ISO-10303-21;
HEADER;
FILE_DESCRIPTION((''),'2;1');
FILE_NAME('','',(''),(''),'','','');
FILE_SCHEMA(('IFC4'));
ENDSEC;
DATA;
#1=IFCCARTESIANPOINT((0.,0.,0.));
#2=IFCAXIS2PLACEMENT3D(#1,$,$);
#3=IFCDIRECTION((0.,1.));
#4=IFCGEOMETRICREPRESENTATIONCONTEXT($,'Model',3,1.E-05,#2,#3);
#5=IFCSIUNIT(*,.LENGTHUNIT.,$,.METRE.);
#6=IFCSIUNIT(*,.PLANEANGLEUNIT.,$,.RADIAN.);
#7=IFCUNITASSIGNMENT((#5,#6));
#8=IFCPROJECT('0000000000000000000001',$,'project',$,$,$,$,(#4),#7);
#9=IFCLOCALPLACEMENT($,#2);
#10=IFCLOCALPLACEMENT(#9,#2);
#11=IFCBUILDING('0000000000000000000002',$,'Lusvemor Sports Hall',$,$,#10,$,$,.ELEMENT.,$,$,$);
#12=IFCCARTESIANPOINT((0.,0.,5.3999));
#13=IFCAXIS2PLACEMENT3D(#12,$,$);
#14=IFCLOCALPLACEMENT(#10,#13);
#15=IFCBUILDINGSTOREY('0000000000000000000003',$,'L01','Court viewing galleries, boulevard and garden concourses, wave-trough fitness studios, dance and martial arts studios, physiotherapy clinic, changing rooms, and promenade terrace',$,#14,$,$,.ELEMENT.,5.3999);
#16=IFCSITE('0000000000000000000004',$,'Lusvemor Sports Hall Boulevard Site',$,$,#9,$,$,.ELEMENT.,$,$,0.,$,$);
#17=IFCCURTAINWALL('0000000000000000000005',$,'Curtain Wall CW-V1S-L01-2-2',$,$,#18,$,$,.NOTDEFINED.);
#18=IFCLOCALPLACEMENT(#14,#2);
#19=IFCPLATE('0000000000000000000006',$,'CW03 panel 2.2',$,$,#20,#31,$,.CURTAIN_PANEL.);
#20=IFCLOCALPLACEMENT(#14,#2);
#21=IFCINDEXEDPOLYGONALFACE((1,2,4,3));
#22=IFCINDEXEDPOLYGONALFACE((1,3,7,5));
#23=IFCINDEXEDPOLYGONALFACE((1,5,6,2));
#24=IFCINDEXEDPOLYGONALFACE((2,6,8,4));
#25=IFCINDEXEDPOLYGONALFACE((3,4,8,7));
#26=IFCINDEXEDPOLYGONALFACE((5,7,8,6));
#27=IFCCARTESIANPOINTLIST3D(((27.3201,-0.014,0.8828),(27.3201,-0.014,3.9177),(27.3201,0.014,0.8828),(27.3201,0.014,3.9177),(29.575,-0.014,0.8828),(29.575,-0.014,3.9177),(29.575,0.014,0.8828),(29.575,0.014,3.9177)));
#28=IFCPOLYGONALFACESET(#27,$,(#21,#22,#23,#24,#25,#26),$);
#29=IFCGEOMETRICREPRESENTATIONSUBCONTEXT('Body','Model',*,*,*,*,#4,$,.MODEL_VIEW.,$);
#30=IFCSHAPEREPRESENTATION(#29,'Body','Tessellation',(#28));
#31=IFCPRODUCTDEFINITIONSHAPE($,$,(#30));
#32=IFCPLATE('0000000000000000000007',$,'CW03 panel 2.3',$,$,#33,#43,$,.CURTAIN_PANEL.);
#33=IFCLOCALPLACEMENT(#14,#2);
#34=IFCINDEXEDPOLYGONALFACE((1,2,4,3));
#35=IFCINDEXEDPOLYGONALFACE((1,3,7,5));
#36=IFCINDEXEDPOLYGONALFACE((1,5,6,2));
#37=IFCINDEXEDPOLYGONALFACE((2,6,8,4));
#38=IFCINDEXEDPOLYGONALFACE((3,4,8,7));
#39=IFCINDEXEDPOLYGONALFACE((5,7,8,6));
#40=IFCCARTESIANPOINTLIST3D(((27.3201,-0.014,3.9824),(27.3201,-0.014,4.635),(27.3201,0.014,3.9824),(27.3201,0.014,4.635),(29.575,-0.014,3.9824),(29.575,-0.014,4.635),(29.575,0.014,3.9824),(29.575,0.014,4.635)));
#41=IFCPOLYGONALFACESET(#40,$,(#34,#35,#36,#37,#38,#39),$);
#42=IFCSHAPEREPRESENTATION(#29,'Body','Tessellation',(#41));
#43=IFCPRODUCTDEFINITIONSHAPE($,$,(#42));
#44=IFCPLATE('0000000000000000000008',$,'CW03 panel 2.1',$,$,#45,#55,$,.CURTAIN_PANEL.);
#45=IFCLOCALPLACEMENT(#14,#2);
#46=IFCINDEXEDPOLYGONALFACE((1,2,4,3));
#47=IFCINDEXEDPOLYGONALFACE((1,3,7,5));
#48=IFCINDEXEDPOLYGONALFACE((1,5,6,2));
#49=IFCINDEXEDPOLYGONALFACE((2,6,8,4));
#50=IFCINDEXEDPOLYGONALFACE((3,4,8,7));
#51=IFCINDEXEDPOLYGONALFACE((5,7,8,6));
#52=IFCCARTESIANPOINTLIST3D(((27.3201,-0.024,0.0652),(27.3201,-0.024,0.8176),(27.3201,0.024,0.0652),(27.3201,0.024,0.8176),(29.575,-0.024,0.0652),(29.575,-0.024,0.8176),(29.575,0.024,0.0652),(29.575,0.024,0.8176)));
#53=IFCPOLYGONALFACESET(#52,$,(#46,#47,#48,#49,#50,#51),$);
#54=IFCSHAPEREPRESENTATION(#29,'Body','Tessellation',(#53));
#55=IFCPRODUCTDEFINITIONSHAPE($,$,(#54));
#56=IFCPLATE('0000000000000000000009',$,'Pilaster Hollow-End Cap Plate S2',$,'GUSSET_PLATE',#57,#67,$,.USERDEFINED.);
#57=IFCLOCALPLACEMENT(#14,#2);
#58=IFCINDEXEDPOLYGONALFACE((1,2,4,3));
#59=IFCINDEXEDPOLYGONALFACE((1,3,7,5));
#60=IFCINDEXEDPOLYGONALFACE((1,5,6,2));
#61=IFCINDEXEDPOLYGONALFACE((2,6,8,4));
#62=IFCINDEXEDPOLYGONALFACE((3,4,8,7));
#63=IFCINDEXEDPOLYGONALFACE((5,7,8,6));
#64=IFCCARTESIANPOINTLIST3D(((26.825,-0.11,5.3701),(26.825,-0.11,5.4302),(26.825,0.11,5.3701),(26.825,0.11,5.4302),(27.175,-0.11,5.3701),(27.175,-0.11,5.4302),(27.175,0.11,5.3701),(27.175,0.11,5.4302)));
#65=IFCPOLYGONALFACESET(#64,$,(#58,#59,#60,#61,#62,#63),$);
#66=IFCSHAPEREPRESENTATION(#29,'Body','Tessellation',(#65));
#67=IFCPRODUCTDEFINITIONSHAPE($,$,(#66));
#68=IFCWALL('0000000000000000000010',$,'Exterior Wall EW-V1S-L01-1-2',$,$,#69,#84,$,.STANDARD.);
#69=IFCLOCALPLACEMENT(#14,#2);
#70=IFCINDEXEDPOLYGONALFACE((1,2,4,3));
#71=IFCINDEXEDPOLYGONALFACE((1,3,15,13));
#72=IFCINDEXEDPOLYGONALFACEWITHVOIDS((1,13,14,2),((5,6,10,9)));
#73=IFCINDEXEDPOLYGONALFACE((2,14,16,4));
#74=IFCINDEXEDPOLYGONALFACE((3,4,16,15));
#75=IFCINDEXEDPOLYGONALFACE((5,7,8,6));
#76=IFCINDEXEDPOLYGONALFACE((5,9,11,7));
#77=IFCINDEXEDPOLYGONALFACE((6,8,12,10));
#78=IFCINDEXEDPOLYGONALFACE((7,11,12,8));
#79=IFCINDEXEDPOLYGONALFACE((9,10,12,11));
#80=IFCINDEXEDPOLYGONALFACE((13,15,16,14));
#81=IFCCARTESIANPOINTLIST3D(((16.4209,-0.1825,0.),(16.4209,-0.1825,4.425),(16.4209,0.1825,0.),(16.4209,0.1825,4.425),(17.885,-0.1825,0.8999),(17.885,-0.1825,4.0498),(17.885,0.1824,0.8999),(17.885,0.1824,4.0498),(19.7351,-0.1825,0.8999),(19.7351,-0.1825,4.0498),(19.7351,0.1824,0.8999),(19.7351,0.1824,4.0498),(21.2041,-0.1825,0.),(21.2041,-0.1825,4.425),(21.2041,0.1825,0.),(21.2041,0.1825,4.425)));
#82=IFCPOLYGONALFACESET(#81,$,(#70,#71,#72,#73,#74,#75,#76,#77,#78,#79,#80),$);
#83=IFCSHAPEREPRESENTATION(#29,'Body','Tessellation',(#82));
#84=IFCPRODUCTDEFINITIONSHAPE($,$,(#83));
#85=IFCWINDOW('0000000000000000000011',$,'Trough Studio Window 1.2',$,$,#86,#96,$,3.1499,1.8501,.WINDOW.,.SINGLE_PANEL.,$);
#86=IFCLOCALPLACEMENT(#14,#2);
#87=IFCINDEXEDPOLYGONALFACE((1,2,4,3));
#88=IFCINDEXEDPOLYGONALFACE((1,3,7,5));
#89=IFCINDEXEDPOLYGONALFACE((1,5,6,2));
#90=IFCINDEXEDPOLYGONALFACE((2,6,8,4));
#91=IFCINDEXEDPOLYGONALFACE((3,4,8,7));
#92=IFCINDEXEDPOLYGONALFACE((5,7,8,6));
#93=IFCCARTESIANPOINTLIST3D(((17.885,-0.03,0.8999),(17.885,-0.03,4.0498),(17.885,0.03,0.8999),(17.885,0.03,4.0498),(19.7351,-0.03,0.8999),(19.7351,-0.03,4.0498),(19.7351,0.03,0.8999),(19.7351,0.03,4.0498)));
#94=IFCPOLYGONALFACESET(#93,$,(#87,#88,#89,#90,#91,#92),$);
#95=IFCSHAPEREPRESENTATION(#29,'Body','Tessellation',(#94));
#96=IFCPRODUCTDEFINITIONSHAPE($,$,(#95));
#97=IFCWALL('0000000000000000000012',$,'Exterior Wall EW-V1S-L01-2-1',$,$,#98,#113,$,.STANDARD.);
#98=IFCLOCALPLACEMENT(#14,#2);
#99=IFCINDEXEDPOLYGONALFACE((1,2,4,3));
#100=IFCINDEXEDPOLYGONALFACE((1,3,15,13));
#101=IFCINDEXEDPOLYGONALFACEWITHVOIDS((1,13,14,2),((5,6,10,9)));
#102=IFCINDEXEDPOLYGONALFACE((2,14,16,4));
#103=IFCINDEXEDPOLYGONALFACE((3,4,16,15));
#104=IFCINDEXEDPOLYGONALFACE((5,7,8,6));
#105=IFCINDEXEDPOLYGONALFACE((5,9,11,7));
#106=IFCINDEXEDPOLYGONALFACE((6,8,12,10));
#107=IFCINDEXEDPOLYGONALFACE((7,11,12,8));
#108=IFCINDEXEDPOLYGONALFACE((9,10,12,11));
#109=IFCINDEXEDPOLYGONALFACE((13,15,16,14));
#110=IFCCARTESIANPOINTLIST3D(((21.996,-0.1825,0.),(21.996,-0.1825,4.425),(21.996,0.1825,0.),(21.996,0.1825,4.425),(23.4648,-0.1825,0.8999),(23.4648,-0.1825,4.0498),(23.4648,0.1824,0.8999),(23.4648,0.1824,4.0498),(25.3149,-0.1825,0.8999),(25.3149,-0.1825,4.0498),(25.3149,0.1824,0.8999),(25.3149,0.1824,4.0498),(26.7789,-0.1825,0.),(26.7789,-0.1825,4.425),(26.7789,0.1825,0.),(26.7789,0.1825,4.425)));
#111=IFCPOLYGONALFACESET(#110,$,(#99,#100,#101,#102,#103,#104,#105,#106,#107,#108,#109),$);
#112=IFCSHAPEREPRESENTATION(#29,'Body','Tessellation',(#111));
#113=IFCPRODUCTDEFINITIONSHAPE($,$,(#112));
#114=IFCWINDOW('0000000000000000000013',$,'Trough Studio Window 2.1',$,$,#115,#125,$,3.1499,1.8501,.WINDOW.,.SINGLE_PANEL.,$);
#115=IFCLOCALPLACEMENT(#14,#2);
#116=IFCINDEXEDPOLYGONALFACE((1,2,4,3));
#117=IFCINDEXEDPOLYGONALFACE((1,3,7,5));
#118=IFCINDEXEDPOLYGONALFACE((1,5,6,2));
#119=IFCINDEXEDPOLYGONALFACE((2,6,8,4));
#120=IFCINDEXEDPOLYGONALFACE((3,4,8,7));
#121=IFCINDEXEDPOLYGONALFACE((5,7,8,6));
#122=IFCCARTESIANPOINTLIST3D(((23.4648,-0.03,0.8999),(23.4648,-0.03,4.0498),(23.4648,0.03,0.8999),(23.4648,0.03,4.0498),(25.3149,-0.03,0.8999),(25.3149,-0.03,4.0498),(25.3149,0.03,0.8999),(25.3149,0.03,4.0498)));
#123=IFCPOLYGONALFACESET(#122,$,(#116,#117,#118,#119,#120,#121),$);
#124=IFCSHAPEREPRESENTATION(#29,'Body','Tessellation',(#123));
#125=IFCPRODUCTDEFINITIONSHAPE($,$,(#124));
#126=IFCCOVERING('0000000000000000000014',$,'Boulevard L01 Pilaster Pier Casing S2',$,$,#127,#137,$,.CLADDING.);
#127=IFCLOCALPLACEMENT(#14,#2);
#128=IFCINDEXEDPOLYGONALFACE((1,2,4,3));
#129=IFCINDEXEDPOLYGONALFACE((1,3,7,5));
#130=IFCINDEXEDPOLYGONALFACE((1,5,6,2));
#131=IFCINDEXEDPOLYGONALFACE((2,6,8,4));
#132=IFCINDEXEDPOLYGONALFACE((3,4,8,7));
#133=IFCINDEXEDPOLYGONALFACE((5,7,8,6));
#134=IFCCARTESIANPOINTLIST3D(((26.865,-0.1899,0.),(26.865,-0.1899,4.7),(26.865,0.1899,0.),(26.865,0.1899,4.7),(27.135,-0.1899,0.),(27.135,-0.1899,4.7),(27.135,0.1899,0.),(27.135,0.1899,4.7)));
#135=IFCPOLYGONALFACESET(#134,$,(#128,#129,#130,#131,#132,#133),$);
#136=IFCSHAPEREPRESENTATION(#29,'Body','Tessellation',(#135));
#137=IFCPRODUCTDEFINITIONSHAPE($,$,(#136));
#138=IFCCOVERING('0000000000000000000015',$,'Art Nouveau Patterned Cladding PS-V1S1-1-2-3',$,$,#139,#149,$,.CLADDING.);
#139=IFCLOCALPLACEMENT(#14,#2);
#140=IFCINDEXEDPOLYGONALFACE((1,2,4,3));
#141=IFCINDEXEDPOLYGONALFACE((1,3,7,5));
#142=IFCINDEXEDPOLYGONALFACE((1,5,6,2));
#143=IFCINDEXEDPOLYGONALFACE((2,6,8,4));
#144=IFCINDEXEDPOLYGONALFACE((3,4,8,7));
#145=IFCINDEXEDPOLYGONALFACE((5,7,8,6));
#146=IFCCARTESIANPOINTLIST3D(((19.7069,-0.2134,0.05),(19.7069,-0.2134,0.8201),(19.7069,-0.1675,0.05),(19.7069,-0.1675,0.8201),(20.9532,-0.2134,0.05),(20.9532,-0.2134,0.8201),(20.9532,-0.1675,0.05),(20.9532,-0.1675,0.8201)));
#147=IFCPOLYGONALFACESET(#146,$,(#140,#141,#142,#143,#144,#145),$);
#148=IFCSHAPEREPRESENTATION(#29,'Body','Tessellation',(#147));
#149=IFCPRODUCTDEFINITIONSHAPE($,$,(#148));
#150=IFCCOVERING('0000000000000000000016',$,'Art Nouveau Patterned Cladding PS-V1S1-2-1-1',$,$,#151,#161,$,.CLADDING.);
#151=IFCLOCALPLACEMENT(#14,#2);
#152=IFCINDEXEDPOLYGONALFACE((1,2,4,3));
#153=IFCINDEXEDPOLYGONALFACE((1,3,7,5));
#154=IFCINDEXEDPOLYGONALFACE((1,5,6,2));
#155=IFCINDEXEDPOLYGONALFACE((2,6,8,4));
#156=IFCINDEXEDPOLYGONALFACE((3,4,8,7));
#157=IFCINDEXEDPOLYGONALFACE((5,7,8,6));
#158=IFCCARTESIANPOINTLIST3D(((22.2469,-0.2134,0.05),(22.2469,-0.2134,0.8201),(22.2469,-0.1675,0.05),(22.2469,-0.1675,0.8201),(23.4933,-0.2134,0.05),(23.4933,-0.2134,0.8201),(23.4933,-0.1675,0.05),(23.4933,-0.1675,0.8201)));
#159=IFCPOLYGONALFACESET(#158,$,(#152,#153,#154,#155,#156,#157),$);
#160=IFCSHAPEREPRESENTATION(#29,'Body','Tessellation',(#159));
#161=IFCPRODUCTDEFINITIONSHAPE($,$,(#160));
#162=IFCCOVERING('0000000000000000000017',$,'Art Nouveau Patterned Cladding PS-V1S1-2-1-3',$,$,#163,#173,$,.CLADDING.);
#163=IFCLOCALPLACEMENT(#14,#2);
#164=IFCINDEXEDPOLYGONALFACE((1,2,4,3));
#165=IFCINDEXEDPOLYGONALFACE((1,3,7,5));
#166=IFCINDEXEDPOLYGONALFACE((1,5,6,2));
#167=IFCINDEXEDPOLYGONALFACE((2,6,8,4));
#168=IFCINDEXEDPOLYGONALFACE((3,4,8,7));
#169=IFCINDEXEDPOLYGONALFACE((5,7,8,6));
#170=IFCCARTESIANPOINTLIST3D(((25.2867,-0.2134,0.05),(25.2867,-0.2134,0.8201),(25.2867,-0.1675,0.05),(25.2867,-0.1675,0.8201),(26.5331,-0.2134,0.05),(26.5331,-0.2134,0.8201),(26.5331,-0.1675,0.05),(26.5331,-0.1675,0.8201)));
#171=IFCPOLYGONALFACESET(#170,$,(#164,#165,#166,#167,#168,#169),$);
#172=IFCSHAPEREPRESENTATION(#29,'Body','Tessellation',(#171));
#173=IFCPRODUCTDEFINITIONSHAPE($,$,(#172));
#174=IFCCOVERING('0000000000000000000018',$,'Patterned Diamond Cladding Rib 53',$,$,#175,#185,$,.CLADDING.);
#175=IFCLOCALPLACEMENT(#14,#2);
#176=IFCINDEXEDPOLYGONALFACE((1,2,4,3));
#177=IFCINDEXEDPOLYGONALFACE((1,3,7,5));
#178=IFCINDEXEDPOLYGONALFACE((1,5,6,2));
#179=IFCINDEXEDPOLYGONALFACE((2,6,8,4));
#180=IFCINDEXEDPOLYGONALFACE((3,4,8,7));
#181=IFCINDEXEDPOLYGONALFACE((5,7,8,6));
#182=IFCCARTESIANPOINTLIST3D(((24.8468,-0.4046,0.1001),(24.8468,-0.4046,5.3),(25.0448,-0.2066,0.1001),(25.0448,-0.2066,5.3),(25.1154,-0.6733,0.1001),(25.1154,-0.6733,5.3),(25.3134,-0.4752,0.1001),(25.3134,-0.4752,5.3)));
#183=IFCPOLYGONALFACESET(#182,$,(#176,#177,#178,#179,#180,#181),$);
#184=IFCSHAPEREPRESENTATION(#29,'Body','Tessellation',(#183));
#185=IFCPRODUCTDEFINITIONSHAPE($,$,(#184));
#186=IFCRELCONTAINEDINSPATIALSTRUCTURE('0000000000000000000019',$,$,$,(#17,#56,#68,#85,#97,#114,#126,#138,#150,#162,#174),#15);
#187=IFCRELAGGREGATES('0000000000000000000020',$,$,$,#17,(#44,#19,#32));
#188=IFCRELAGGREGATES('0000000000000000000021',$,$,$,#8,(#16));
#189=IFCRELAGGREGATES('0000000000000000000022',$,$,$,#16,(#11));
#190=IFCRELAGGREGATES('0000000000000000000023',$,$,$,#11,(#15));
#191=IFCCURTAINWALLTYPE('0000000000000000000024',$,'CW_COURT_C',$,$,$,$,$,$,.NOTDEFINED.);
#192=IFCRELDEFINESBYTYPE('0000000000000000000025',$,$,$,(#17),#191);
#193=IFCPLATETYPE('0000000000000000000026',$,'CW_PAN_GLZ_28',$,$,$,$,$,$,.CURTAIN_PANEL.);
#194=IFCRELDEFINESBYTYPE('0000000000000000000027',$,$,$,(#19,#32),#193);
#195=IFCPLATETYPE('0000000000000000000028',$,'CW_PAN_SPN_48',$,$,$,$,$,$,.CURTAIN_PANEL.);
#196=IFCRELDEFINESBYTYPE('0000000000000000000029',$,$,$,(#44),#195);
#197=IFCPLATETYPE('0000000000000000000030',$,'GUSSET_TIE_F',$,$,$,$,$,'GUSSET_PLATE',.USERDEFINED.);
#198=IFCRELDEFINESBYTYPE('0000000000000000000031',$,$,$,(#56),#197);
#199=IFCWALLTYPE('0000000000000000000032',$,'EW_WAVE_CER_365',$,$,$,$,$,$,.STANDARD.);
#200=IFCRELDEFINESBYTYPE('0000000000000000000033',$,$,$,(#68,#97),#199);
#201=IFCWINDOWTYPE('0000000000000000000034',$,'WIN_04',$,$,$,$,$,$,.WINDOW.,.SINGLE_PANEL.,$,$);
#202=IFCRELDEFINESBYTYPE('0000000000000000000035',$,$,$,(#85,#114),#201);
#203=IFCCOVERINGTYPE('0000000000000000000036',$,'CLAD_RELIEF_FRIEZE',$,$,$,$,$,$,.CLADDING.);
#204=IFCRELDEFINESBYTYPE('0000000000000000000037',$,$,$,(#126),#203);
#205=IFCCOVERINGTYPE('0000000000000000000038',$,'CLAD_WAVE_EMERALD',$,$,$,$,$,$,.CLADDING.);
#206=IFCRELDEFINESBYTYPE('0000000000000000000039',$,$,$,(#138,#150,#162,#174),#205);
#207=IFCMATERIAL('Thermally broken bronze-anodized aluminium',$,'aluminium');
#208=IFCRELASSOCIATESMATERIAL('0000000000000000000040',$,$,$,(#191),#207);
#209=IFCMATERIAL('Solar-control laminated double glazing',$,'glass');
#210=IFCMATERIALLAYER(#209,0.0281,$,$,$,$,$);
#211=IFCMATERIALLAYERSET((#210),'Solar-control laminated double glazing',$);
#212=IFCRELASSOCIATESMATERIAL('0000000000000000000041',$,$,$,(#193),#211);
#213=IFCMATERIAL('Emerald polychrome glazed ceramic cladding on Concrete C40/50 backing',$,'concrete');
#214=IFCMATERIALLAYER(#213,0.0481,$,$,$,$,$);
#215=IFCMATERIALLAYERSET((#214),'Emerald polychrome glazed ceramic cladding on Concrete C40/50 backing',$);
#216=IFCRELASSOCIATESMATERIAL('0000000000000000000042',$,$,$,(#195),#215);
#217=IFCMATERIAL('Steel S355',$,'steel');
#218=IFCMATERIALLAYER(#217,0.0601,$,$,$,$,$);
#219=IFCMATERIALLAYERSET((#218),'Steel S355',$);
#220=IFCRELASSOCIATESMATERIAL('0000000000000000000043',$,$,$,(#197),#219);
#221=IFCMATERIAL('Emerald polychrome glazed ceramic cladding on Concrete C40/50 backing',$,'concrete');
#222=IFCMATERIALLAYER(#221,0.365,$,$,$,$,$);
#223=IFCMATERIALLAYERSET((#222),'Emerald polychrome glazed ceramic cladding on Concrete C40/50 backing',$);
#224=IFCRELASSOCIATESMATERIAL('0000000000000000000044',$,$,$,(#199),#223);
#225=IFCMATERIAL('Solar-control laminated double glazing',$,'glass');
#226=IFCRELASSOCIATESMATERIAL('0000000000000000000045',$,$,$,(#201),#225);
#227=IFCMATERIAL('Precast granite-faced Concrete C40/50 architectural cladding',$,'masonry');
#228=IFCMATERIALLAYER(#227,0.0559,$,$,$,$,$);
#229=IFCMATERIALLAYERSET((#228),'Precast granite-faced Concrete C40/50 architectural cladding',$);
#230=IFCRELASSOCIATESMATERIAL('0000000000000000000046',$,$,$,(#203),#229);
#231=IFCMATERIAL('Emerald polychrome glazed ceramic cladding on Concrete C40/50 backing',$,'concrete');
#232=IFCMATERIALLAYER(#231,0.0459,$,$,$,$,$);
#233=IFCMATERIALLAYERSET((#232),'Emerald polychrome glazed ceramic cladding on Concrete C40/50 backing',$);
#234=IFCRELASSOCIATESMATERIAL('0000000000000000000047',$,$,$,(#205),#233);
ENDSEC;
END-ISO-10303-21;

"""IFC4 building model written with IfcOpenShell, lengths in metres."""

from ifc_helpers import new_model, si_unit, direction, frame, frame_2d, origin, origin_2d, place, context, subcontext, project, spatial, rectangle, extrude, material, layer, layer_set, type_object, element, fill, aggregate, save


model = new_model("IFC4")

# Units and contexts
model_context = context("Model", 3, precision=1e-05, world=origin(), true_north=direction((0.0, 1.0)))
body_context = subcontext(model_context, "Body", "Model", "MODEL_VIEW")
ifc_project = project(units=[si_unit("LENGTHUNIT", "METRE"), si_unit("PLANEANGLEUNIT", "RADIAN")], contexts=[model_context])

# Site, building, storey
site_placement = place(None, origin())
site = spatial("IfcSite", under=ifc_project, at=site_placement, Name="Lusvemor Sports Hall Boulevard Site", CompositionType="ELEMENT", RefElevation=0.0)
building_placement = place(site_placement, origin())
building = spatial("IfcBuilding", under=site, at=building_placement, Name="Lusvemor Sports Hall", CompositionType="ELEMENT")
storey_placement = place(building_placement, frame((0.0, 0.0, 5.3999)))
storey = spatial("IfcBuildingStorey", under=building, at=storey_placement, Name="L01", Description="Court viewing galleries, boulevard and garden concourses, wave-trough fitness studios, dance and martial arts studios, physiotherapy clinic, changing rooms, and promenade terrace", CompositionType="ELEMENT", Elevation=5.3999)

# Curtain wall
ifc_material_1 = material(Name="Thermally broken bronze-anodized aluminium", Category="aluminium")
curtain_wall_type = type_object("IfcCurtainWallType", Name="CW_COURT_C", PredefinedType="NOTDEFINED", material=ifc_material_1)
curtain_wall_placement = place(storey_placement, origin())
curtain_wall = element("IfcCurtainWall", 1, at=curtain_wall_placement, inside=storey, type_object=curtain_wall_type, Name="Curtain Wall CW-V1S-L01-2-2", PredefinedType="NOTDEFINED")

# Plates
ifc_material_2 = material(Name="Solar-control laminated double glazing", Category="glass")
ifc_layer_1 = layer(ifc_material_2, 0.0281)
ifc_layer_set_1 = layer_set([ifc_layer_1], Name="Solar-control laminated double glazing")
plate_type_1 = type_object("IfcPlateType", Name="CW_PAN_GLZ_28", PredefinedType="CURTAIN_PANEL", material=ifc_layer_set_1)
plate_1_placement = place(storey_placement, frame((28.4475, 0.0, 0.8828), z_axis=(0.0, 0.0, 1.0), x_axis=(-1.0, 0.0, 0.0)))
plate_1 = element("IfcPlate", 2, at=plate_1_placement, type_object=plate_type_1, Name="CW03 panel 2.2", PredefinedType="CURTAIN_PANEL", context=body_context, shape_type="SweptSolid", body=[
    extrude(rectangle(XDim=2.2549, YDim=0.0281, at=origin_2d()), origin(), (0.0, 0.0, 1.0), 3.0349),
])
plate_2_placement = place(storey_placement, frame((28.4475, 0.0, 3.9824), z_axis=(0.0, 0.0, 1.0), x_axis=(-1.0, 0.0, 0.0)))
plate_2 = element("IfcPlate", 3, at=plate_2_placement, type_object=plate_type_1, Name="CW03 panel 2.3", PredefinedType="CURTAIN_PANEL", context=body_context, shape_type="SweptSolid", body=[
    extrude(rectangle(XDim=2.2549, YDim=0.0281, at=origin_2d()), origin(), (0.0, 0.0, 1.0), 0.6526),
])
ifc_material_3 = material(Name="Emerald polychrome glazed ceramic cladding on Concrete C40/50 backing", Category="concrete")
ifc_layer_2 = layer(ifc_material_3, 0.0481)
ifc_layer_set_2 = layer_set([ifc_layer_2], Name="Emerald polychrome glazed ceramic cladding on Concrete C40/50 backing")
plate_type_2 = type_object("IfcPlateType", Name="CW_PAN_SPN_48", PredefinedType="CURTAIN_PANEL", material=ifc_layer_set_2)
plate_3_placement = place(storey_placement, frame((28.4475, 0.0, 0.0652), z_axis=(0.0, 0.0, 1.0), x_axis=(-1.0, 0.0, 0.0)))
plate_3 = element("IfcPlate", 4, at=plate_3_placement, type_object=plate_type_2, Name="CW03 panel 2.1", PredefinedType="CURTAIN_PANEL", context=body_context, shape_type="SweptSolid", body=[
    extrude(rectangle(XDim=2.2549, YDim=0.0481, at=origin_2d()), origin(), (0.0, 0.0, 1.0), 0.7524),
])
aggregate(curtain_wall, [plate_3, plate_1, plate_2])
ifc_material_4 = material(Name="Steel S355", Category="steel")
ifc_layer_3 = layer(ifc_material_4, 0.0601)
ifc_layer_set_3 = layer_set([ifc_layer_3], Name="Steel S355")
plate_type_3 = type_object("IfcPlateType", Name="GUSSET_TIE_F", ElementType="GUSSET_PLATE", PredefinedType="USERDEFINED", material=ifc_layer_set_3)
plate_4_placement = place(storey_placement, frame((27.0, 0.0, 5.3701), z_axis=(0.0, 0.0, 1.0), x_axis=(1.0, 0.0, 0.0)))
element("IfcPlate", 5, at=plate_4_placement, inside=storey, type_object=plate_type_3, Name="Pilaster Hollow-End Cap Plate S2", ObjectType="GUSSET_PLATE", PredefinedType="USERDEFINED", context=body_context, shape_type="SweptSolid", body=[
    extrude(rectangle(XDim=0.3501, YDim=0.22, at=origin_2d()), origin(), (0.0, 0.0, 1.0), 0.0601),
])

# Walls, openings, windows
ifc_material_5 = material(Name="Emerald polychrome glazed ceramic cladding on Concrete C40/50 backing", Category="concrete")
ifc_layer_4 = layer(ifc_material_5, 0.365)
ifc_layer_set_4 = layer_set([ifc_layer_4], Name="Emerald polychrome glazed ceramic cladding on Concrete C40/50 backing")
wall_type = type_object("IfcWallType", Name="EW_WAVE_CER_365", PredefinedType="STANDARD", material=ifc_layer_set_4)
wall_1_placement = place(storey_placement, frame((21.2041, 0.0, 0.0), z_axis=(0.0, 0.0, 1.0), x_axis=(-1.0, 0.0, 0.0)))
wall_1 = element("IfcWall", 6, at=wall_1_placement, inside=storey, type_object=wall_type, Name="Exterior Wall EW-V1S-L01-1-2", PredefinedType="STANDARD", context=body_context, shape_type="SweptSolid", body=[
    extrude(rectangle(XDim=4.7832, YDim=0.365, at=frame_2d((2.3916, 0.0))), origin(), (0.0, 0.0, 1.0), 4.425),
])
opening_1_placement = place(wall_1_placement, frame((1.469, 0.0, 0.8999)))
opening_1 = element("IfcOpeningElement", 7, at=opening_1_placement, cuts=wall_1, PredefinedType="OPENING", context=body_context, shape_type="SweptSolid", body=[
    extrude(rectangle(XDim=1.8501, YDim=3.1499, at=frame_2d((0.925, 1.575))), frame((0.0, 0.1826, 0.0), z_axis=(0.0, -1.0, 0.0), x_axis=(1.0, 0.0, 0.0)), (0.0, 0.0, 1.0), 0.365),
])
ifc_material_6 = material(Name="Solar-control laminated double glazing", Category="glass")
window_type = type_object("IfcWindowType", Name="WIN_04", PartitioningType="SINGLE_PANEL", PredefinedType="WINDOW", material=ifc_material_6)
window_1_placement = place(opening_1_placement, origin())
window_1 = element("IfcWindow", 8, at=window_1_placement, inside=storey, type_object=window_type, Name="Trough Studio Window 1.2", OverallHeight=3.1499, OverallWidth=1.8501, PartitioningType="SINGLE_PANEL", PredefinedType="WINDOW", context=body_context, shape_type="SweptSolid", body=[
    extrude(rectangle(XDim=1.8501, YDim=3.1499, at=frame_2d((0.925, 1.575))), frame((0.0, 0.03, 0.0), z_axis=(0.0, -1.0, 0.0), x_axis=(1.0, 0.0, 0.0)), (0.0, 0.0, 1.0), 0.0601),
])
fill(opening_1, window_1)
wall_2_placement = place(storey_placement, frame((26.7791, 0.0, 0.0), z_axis=(0.0, 0.0, 1.0), x_axis=(-1.0, 0.0, 0.0)))
wall_2 = element("IfcWall", 9, at=wall_2_placement, inside=storey, type_object=wall_type, Name="Exterior Wall EW-V1S-L01-2-1", PredefinedType="STANDARD", context=body_context, shape_type="SweptSolid", body=[
    extrude(rectangle(XDim=4.783, YDim=0.365, at=frame_2d((2.3916, 0.0))), origin(), (0.0, 0.0, 1.0), 4.425),
])
opening_2_placement = place(wall_2_placement, frame((1.4641, 0.0, 0.8999)))
opening_2 = element("IfcOpeningElement", 10, at=opening_2_placement, cuts=wall_2, PredefinedType="OPENING", context=body_context, shape_type="SweptSolid", body=[
    extrude(rectangle(XDim=1.8501, YDim=3.1499, at=frame_2d((0.925, 1.575))), frame((0.0, 0.1826, 0.0), z_axis=(0.0, -1.0, 0.0), x_axis=(1.0, 0.0, 0.0)), (0.0, 0.0, 1.0), 0.365),
])
window_2_placement = place(opening_2_placement, origin())
window_2 = element("IfcWindow", 11, at=window_2_placement, inside=storey, type_object=window_type, Name="Trough Studio Window 2.1", OverallHeight=3.1499, OverallWidth=1.8501, PartitioningType="SINGLE_PANEL", PredefinedType="WINDOW", context=body_context, shape_type="SweptSolid", body=[
    extrude(rectangle(XDim=1.8501, YDim=3.1499, at=frame_2d((0.925, 1.575))), frame((0.0, 0.03, 0.0), z_axis=(0.0, -1.0, 0.0), x_axis=(1.0, 0.0, 0.0)), (0.0, 0.0, 1.0), 0.0601),
])
fill(opening_2, window_2)

# Coverings
ifc_material_7 = material(Name="Precast granite-faced Concrete C40/50 architectural cladding", Category="masonry")
ifc_layer_5 = layer(ifc_material_7, 0.0559)
ifc_layer_set_5 = layer_set([ifc_layer_5], Name="Precast granite-faced Concrete C40/50 architectural cladding")
covering_type_1 = type_object("IfcCoveringType", Name="CLAD_RELIEF_FRIEZE", PredefinedType="CLADDING", material=ifc_layer_set_5)
covering_1_placement = place(storey_placement, frame((27.0, 0.0, 0.0), z_axis=(0.0, 0.0, 1.0), x_axis=(1.0, 0.0, 0.0)))
element("IfcCovering", 12, at=covering_1_placement, inside=storey, type_object=covering_type_1, Name="Boulevard L01 Pilaster Pier Casing S2", PredefinedType="CLADDING", context=body_context, shape_type="SweptSolid", body=[
    extrude(rectangle(XDim=0.27, YDim=0.3799, at=origin_2d()), origin(), (0.0, 0.0, 1.0), 4.7),
])
ifc_material_8 = material(Name="Emerald polychrome glazed ceramic cladding on Concrete C40/50 backing", Category="concrete")
ifc_layer_6 = layer(ifc_material_8, 0.0459)
ifc_layer_set_6 = layer_set([ifc_layer_6], Name="Emerald polychrome glazed ceramic cladding on Concrete C40/50 backing")
covering_type_2 = type_object("IfcCoveringType", Name="CLAD_WAVE_EMERALD", PredefinedType="CLADDING", material=ifc_layer_set_6)
for number, where, z_axis, x_axis, name in (
    (13, (20.3301, -0.1904, 0.05), (0.0, 0.0, 1.0), (1.0, 0.0, 0.0), "Art Nouveau Patterned Cladding PS-V1S1-1-2-3"),
    (14, (22.8701, -0.1904, 0.05), (0.0, 0.0, 1.0), (1.0, 0.0, 0.0), "Art Nouveau Patterned Cladding PS-V1S1-2-1-1"),
    (15, (25.9099, -0.1904, 0.05), (0.0, 0.0, 1.0), (1.0, 0.0, 0.0), "Art Nouveau Patterned Cladding PS-V1S1-2-1-3"),
):
    element("IfcCovering", number, at=place(storey_placement, frame(where, z_axis=z_axis, x_axis=x_axis)), inside=storey, type_object=covering_type_2, Name=name, PredefinedType="CLADDING", context=body_context, shape_type="SweptSolid", body=[
        extrude(rectangle(XDim=1.2463, YDim=0.0459, at=origin_2d()), origin(), (0.0, 0.0, 1.0), 0.77),
    ])
for number, where, z_axis, x_axis, name in (
    (16, (25.0801, -0.4399, 0.1001), (0.0, 0.0, 1.0), (0.707107, 0.707107, 0.0), "Patterned Diamond Cladding Rib 53"),
):
    element("IfcCovering", number, at=place(storey_placement, frame(where, z_axis=z_axis, x_axis=x_axis)), inside=storey, type_object=covering_type_2, Name=name, PredefinedType="CLADDING", context=body_context, shape_type="SweptSolid", body=[
        extrude(rectangle(XDim=0.28, YDim=0.3799, at=origin_2d()), origin(), (0.0, 0.0, 1.0), 5.2),
    ])

save(model, "model.ifc")
